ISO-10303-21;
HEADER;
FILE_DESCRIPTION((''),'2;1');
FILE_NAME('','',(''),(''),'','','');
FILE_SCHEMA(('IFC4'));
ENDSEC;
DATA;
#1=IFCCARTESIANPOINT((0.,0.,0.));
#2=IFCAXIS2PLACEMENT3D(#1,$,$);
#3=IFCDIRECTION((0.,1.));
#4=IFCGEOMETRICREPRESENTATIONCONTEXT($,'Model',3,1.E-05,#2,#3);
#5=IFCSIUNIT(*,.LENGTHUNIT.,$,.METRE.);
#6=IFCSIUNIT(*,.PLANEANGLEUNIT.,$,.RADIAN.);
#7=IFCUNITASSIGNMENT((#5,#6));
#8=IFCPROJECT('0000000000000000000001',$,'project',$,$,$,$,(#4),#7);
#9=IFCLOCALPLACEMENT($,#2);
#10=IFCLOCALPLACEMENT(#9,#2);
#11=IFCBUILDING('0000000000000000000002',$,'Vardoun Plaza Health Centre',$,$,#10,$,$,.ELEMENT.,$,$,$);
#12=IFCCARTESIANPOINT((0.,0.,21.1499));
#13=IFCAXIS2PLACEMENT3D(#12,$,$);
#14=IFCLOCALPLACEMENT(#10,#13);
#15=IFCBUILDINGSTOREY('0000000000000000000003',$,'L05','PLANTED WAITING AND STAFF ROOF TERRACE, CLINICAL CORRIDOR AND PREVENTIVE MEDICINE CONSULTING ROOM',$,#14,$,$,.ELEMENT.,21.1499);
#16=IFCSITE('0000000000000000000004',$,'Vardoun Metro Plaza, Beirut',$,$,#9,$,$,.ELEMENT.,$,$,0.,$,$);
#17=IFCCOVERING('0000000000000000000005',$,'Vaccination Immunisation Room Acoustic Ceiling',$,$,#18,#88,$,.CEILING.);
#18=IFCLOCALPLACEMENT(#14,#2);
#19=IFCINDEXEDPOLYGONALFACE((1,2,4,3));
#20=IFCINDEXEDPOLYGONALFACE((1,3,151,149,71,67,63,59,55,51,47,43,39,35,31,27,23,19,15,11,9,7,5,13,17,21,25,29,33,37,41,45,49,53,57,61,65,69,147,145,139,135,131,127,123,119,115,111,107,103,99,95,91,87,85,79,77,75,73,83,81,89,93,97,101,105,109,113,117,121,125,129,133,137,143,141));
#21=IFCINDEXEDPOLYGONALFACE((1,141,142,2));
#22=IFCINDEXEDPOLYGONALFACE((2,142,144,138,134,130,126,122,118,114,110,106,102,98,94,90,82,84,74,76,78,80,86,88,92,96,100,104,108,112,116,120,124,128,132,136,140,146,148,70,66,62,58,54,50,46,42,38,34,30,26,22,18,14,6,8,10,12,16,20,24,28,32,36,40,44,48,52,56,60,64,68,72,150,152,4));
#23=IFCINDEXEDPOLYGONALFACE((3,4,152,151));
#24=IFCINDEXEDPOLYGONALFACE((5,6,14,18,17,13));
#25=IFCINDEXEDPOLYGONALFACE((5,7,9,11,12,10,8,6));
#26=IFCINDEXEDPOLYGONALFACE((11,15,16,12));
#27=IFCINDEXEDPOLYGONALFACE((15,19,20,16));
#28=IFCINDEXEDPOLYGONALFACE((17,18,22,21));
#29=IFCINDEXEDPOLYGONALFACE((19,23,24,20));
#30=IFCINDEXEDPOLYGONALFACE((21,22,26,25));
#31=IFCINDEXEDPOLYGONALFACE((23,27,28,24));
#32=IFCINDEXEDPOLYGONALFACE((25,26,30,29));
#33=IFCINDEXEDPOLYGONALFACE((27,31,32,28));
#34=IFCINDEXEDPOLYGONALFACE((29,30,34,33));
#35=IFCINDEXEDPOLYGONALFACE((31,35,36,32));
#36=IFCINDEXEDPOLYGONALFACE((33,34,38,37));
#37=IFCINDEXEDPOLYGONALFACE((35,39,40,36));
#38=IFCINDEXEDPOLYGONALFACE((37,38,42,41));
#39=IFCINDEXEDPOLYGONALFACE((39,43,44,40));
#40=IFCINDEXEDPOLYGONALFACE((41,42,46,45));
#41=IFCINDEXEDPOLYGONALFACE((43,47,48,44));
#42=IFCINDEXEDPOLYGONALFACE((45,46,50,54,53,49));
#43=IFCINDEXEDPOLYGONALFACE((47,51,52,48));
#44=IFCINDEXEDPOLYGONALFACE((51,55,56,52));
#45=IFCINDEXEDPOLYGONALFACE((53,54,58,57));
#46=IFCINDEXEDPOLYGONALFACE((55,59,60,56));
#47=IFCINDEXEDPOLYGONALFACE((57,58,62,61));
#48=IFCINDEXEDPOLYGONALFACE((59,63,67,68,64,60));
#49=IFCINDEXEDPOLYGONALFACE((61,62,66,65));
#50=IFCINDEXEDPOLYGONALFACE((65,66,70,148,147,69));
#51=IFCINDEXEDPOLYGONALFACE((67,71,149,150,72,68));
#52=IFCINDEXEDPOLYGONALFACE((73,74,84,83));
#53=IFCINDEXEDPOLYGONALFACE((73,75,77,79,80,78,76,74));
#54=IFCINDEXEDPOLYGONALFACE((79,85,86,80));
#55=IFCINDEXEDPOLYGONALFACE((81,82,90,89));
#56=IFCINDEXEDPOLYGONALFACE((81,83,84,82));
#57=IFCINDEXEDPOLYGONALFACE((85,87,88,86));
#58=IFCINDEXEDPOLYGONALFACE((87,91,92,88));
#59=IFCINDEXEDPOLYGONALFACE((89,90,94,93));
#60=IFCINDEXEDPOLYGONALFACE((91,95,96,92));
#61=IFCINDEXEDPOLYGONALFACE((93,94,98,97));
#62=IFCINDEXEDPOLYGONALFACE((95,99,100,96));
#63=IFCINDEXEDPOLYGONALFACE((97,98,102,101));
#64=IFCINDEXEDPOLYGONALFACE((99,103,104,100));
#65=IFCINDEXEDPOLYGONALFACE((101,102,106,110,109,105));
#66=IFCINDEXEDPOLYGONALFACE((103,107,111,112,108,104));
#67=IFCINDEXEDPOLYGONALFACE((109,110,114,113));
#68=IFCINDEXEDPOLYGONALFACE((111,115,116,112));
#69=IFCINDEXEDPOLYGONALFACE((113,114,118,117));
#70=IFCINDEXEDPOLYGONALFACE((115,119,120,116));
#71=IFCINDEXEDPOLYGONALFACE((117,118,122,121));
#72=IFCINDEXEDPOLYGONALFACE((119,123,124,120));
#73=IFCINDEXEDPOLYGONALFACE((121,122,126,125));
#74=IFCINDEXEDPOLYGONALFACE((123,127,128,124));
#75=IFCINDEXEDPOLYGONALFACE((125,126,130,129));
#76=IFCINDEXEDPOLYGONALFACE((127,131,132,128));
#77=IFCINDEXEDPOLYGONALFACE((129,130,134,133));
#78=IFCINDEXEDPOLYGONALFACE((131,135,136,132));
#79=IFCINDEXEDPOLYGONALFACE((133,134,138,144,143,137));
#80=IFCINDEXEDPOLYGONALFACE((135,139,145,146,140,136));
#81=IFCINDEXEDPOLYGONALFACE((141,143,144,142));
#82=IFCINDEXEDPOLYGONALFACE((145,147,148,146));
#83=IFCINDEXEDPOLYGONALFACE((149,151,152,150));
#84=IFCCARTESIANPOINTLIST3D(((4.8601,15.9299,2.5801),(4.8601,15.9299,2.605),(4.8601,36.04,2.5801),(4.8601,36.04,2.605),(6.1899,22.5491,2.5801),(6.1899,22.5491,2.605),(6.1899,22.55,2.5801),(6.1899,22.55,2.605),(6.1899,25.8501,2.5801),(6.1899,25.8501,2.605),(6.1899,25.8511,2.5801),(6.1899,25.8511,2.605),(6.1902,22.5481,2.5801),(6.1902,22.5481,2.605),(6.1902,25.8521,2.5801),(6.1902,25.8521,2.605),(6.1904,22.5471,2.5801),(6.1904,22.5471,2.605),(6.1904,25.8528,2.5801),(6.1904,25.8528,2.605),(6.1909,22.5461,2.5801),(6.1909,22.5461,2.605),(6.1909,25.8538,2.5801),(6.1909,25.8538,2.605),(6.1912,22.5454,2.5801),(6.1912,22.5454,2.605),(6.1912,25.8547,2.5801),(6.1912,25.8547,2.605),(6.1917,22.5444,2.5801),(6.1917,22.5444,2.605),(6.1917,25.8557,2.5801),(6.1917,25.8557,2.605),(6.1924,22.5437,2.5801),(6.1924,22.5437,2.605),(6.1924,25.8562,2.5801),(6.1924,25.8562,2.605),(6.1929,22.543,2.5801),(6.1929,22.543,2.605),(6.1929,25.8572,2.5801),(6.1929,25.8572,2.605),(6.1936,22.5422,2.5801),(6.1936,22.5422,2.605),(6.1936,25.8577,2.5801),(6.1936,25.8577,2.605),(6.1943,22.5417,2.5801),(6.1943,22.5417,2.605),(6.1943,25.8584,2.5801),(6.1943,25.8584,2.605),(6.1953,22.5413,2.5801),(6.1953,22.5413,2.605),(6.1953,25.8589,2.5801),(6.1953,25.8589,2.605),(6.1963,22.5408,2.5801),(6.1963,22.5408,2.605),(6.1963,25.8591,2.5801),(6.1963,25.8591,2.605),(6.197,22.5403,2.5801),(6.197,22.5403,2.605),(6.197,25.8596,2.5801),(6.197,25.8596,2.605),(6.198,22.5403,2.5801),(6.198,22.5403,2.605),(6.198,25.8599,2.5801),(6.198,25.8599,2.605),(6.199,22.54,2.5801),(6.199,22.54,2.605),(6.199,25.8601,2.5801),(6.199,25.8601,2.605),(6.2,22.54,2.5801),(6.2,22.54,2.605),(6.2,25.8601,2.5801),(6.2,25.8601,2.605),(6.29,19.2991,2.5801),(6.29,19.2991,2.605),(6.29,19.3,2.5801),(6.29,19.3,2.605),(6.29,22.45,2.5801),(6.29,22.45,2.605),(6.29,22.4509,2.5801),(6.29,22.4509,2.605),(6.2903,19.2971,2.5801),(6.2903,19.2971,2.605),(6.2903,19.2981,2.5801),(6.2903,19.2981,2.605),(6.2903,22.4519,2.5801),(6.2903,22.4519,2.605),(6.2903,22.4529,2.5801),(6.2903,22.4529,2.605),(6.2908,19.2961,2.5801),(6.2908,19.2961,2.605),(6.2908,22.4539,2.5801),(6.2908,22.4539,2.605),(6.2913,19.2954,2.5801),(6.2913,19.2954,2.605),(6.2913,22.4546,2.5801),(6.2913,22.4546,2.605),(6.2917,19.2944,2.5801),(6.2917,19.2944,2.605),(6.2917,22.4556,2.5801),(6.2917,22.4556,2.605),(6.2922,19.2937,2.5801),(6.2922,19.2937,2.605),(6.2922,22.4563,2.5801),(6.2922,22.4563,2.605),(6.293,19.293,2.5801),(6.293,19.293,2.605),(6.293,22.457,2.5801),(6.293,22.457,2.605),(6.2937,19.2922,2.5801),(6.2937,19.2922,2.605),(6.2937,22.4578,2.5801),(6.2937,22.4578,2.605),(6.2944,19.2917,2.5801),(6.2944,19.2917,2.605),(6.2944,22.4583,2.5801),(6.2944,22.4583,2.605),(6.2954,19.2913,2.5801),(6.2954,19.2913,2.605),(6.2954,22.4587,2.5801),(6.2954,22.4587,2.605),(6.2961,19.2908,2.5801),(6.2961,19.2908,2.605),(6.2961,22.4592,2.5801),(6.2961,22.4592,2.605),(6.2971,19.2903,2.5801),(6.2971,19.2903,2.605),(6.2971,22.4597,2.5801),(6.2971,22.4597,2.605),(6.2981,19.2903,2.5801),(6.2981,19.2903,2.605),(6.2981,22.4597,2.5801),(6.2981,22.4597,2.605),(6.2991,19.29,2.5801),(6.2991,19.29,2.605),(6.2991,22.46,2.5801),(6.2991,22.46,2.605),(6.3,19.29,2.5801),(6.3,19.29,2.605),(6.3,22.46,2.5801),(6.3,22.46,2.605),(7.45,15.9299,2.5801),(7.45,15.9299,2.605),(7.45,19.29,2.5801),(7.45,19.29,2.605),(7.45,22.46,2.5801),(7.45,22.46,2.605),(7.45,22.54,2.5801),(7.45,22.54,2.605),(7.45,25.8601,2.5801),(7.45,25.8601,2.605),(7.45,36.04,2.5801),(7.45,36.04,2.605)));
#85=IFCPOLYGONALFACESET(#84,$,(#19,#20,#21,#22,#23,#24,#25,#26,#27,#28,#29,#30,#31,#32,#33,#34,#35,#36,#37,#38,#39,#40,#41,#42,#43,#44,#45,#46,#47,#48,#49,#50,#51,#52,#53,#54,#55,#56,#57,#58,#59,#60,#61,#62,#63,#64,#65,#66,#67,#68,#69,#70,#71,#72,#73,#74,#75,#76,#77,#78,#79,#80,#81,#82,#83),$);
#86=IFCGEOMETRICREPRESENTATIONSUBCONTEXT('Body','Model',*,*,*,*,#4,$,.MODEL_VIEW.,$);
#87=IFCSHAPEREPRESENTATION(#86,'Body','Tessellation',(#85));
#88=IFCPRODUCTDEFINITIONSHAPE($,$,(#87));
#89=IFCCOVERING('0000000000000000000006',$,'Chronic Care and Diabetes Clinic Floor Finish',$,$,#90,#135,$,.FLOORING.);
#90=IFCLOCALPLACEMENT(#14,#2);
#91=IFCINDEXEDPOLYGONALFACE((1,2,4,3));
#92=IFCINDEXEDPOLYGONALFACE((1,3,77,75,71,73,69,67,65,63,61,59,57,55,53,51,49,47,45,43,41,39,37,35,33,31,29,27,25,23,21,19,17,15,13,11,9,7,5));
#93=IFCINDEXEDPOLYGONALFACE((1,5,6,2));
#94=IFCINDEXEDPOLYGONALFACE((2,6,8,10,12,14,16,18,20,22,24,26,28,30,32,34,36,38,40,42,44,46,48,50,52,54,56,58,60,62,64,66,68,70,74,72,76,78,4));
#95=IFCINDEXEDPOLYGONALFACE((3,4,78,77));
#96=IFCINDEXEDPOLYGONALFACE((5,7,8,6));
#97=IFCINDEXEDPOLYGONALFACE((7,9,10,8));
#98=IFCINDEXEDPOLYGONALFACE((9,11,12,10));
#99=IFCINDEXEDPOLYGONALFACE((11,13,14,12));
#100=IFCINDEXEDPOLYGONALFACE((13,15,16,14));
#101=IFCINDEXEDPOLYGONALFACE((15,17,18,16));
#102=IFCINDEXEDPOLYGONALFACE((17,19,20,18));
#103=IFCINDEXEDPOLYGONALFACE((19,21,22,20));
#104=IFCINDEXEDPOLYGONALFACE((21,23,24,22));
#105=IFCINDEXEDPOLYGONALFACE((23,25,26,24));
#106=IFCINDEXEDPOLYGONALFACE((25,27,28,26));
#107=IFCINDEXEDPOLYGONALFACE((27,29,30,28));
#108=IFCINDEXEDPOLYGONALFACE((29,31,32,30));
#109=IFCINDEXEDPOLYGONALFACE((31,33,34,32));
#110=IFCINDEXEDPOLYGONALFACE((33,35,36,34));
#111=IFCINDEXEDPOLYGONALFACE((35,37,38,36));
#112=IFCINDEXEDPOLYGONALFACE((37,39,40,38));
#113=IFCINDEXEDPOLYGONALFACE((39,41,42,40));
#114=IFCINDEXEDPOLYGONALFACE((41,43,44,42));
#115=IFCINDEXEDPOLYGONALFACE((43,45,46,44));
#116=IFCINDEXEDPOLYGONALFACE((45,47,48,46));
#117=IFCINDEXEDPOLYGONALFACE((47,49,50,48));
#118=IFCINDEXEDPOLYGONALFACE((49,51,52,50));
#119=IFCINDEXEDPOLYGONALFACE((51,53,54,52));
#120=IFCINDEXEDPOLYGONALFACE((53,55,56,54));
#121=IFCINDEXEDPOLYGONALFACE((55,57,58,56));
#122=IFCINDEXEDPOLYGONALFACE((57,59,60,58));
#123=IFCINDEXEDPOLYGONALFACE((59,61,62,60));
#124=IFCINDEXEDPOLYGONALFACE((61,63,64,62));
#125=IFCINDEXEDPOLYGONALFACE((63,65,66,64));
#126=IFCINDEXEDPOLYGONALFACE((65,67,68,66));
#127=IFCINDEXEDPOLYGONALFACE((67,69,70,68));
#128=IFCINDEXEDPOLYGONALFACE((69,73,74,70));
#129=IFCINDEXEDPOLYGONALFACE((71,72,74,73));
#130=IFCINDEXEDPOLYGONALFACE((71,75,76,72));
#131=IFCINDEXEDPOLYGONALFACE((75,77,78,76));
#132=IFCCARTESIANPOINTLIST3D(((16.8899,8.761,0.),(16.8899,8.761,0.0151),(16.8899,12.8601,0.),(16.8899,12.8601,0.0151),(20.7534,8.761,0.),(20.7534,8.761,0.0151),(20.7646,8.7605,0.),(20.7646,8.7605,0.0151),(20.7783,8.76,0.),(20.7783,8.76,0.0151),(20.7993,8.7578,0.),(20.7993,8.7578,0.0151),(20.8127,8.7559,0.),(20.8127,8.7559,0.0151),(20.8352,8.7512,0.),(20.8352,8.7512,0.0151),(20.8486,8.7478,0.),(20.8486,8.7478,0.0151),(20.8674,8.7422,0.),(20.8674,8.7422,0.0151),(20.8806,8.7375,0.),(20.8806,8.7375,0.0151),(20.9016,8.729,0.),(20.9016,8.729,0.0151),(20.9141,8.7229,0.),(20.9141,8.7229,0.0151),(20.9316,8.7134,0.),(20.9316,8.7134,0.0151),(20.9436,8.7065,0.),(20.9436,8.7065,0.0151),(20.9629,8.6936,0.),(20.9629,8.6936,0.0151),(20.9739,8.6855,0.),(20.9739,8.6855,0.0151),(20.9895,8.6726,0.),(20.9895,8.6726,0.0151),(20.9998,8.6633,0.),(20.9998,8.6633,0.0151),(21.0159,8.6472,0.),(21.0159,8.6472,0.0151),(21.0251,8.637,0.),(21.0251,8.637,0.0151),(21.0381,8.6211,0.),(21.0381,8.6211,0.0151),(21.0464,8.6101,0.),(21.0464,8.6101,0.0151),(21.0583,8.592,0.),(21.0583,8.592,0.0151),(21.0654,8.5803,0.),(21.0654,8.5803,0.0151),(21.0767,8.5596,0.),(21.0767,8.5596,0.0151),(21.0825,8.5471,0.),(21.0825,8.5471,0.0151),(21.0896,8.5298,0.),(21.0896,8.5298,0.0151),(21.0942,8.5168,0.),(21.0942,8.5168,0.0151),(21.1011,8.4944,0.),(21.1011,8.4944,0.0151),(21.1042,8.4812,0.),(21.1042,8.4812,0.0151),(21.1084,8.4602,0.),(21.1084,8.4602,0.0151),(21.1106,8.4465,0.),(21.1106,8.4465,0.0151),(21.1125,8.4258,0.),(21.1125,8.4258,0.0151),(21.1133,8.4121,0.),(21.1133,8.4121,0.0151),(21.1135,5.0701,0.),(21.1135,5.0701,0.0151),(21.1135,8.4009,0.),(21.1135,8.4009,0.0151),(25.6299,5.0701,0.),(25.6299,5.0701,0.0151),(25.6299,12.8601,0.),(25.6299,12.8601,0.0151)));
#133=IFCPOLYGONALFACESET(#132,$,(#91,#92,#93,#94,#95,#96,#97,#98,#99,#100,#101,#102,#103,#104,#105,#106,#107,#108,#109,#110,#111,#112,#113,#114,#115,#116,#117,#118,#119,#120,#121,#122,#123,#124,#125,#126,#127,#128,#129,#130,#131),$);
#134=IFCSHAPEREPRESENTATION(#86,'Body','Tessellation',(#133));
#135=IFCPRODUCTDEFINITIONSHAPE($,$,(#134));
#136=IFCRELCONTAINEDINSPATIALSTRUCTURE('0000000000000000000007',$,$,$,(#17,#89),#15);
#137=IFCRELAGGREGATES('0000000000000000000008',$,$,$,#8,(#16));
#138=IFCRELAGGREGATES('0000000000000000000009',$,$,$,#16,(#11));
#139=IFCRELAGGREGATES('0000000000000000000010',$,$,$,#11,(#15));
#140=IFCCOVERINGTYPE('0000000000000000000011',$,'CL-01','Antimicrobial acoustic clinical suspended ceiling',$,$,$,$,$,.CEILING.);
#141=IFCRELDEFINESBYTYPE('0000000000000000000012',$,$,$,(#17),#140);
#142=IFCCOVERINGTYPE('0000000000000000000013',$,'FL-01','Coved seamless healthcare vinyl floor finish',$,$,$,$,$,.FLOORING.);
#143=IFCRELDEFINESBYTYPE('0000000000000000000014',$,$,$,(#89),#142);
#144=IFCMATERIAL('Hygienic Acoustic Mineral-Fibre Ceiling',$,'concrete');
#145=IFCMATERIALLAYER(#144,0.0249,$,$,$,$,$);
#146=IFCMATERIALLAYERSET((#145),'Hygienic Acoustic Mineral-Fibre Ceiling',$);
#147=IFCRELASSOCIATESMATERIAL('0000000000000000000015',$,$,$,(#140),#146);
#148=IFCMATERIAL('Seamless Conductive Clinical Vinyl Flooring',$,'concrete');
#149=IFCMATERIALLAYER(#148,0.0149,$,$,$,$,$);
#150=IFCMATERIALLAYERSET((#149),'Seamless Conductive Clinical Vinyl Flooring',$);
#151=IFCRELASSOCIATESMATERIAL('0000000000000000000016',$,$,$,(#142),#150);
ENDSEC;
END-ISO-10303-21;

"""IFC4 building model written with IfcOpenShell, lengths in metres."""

from ifc_helpers import new_model, si_unit, direction, frame, origin, place, context, subcontext, project, spatial, polyline, outline, extrude, material, layer, layer_set, type_object, element, save


model = new_model("IFC4")

# Units and contexts
model_context = context("Model", 3, precision=1e-05, world=origin(), true_north=direction((0.0, 1.0)))
body_context = subcontext(model_context, "Body", "Model", "MODEL_VIEW")
ifc_project = project(units=[si_unit("LENGTHUNIT", "METRE"), si_unit("PLANEANGLEUNIT", "RADIAN")], contexts=[model_context])

# Site, building, storey
site_placement = place(None, origin())
site = spatial("IfcSite", under=ifc_project, at=site_placement, Name="Vardoun Metro Plaza, Beirut", CompositionType="ELEMENT", RefElevation=0.0)
building_placement = place(site_placement, origin())
building = spatial("IfcBuilding", under=site, at=building_placement, Name="Vardoun Plaza Health Centre", CompositionType="ELEMENT")
storey_placement = place(building_placement, frame((0.0, 0.0, 21.1499)))
storey = spatial("IfcBuildingStorey", under=building, at=storey_placement, Name="L05", Description="PLANTED WAITING AND STAFF ROOF TERRACE, CLINICAL CORRIDOR AND PREVENTIVE MEDICINE CONSULTING ROOM", CompositionType="ELEMENT", Elevation=21.1499)

# Coverings
ifc_material_1 = material(Name="Hygienic Acoustic Mineral-Fibre Ceiling", Category="concrete")
ifc_layer_1 = layer(ifc_material_1, 0.0249)
ifc_layer_set_1 = layer_set([ifc_layer_1], Name="Hygienic Acoustic Mineral-Fibre Ceiling")
covering_type_1 = type_object("IfcCoveringType", Name="CL-01", Description="Antimicrobial acoustic clinical suspended ceiling", PredefinedType="CEILING", material=ifc_layer_set_1)
covering_1_placement = place(storey_placement, frame((0.0, 0.0, 2.5801)))
element("IfcCovering", 1, at=covering_1_placement, inside=storey, type_object=covering_type_1, Name="Vaccination Immunisation Room Acoustic Ceiling", PredefinedType="CEILING", context=body_context, shape_type="SweptSolid", body=[
    extrude(outline(polyline([(4.8601, 36.04), (7.45, 36.04), (7.45, 25.8601), (6.2, 25.8601), (6.199, 25.8601), (6.198, 25.8599), (6.197, 25.8596), (6.1963, 25.8591), (6.1953, 25.8589), (6.1943, 25.8584), (6.1936, 25.8577), (6.1929, 25.8572), (6.1924, 25.8562), (6.1917, 25.8557), (6.1912, 25.8547), (6.1909, 25.8538), (6.1904, 25.8528), (6.1902, 25.8521), (6.1899, 25.8511), (6.1899, 25.8501), (6.1899, 22.55), (6.1899, 22.5491), (6.1902, 22.5481), (6.1904, 22.5471), (6.1909, 22.5461), (6.1912, 22.5454), (6.1917, 22.5444), (6.1924, 22.5437), (6.1929, 22.543), (6.1936, 22.5422), (6.1943, 22.5417), (6.1953, 22.5413), (6.1963, 22.5408), (6.197, 22.5403), (6.198, 22.5403), (6.199, 22.54), (6.2, 22.54), (7.45, 22.54), (7.45, 22.46), (6.3, 22.46), (6.2991, 22.46), (6.2981, 22.4597), (6.2971, 22.4597), (6.2961, 22.4592), (6.2954, 22.4587), (6.2944, 22.4583), (6.2937, 22.4578), (6.293, 22.457), (6.2922, 22.4563), (6.2917, 22.4556), (6.2913, 22.4546), (6.2908, 22.4539), (6.2903, 22.4529), (6.2903, 22.4519), (6.29, 22.4509), (6.29, 22.45), (6.29, 19.3), (6.29, 19.2991), (6.2903, 19.2981), (6.2903, 19.2971), (6.2908, 19.2961), (6.2913, 19.2954), (6.2917, 19.2944), (6.2922, 19.2937), (6.293, 19.293), (6.2937, 19.2922), (6.2944, 19.2917), (6.2954, 19.2913), (6.2961, 19.2908), (6.2971, 19.2903), (6.2981, 19.2903), (6.2991, 19.29), (6.3, 19.29), (7.45, 19.29), (7.45, 15.9299), (4.8601, 15.9299), (4.8601, 36.04)])), origin(), (0.0, 0.0, 1.0), 0.0249),
])
ifc_material_2 = material(Name="Seamless Conductive Clinical Vinyl Flooring", Category="concrete")
ifc_layer_2 = layer(ifc_material_2, 0.0149)
ifc_layer_set_2 = layer_set([ifc_layer_2], Name="Seamless Conductive Clinical Vinyl Flooring")
covering_type_2 = type_object("IfcCoveringType", Name="FL-01", Description="Coved seamless healthcare vinyl floor finish", PredefinedType="FLOORING", material=ifc_layer_set_2)
covering_2_placement = place(storey_placement, origin())
element("IfcCovering", 2, at=covering_2_placement, inside=storey, type_object=covering_type_2, Name="Chronic Care and Diabetes Clinic Floor Finish", PredefinedType="FLOORING", context=body_context, shape_type="SweptSolid", body=[
    extrude(outline(polyline([(21.1135, 5.0701), (21.1135, 8.4009), (21.1133, 8.4121), (21.1125, 8.4258), (21.1106, 8.4465), (21.1084, 8.4602), (21.1042, 8.4812), (21.1011, 8.4944), (21.0942, 8.5168), (21.0896, 8.5298), (21.0825, 8.5471), (21.0767, 8.5596), (21.0654, 8.5803), (21.0583, 8.592), (21.0464, 8.6101), (21.0381, 8.6211), (21.0251, 8.637), (21.0159, 8.6472), (20.9998, 8.6633), (20.9895, 8.6726), (20.9739, 8.6855), (20.9629, 8.6936), (20.9436, 8.7065), (20.9316, 8.7134), (20.9141, 8.7229), (20.9016, 8.729), (20.8806, 8.7375), (20.8674, 8.7422), (20.8486, 8.7478), (20.8352, 8.7512), (20.8127, 8.7559), (20.7993, 8.7578), (20.7783, 8.76), (20.7646, 8.7605), (20.7534, 8.761), (16.8899, 8.761), (16.8899, 12.8601), (25.6299, 12.8601), (25.6299, 5.0701), (21.1135, 5.0701)])), origin(), (0.0, 0.0, 1.0), 0.0151),
])

save(model, "model.ifc")
